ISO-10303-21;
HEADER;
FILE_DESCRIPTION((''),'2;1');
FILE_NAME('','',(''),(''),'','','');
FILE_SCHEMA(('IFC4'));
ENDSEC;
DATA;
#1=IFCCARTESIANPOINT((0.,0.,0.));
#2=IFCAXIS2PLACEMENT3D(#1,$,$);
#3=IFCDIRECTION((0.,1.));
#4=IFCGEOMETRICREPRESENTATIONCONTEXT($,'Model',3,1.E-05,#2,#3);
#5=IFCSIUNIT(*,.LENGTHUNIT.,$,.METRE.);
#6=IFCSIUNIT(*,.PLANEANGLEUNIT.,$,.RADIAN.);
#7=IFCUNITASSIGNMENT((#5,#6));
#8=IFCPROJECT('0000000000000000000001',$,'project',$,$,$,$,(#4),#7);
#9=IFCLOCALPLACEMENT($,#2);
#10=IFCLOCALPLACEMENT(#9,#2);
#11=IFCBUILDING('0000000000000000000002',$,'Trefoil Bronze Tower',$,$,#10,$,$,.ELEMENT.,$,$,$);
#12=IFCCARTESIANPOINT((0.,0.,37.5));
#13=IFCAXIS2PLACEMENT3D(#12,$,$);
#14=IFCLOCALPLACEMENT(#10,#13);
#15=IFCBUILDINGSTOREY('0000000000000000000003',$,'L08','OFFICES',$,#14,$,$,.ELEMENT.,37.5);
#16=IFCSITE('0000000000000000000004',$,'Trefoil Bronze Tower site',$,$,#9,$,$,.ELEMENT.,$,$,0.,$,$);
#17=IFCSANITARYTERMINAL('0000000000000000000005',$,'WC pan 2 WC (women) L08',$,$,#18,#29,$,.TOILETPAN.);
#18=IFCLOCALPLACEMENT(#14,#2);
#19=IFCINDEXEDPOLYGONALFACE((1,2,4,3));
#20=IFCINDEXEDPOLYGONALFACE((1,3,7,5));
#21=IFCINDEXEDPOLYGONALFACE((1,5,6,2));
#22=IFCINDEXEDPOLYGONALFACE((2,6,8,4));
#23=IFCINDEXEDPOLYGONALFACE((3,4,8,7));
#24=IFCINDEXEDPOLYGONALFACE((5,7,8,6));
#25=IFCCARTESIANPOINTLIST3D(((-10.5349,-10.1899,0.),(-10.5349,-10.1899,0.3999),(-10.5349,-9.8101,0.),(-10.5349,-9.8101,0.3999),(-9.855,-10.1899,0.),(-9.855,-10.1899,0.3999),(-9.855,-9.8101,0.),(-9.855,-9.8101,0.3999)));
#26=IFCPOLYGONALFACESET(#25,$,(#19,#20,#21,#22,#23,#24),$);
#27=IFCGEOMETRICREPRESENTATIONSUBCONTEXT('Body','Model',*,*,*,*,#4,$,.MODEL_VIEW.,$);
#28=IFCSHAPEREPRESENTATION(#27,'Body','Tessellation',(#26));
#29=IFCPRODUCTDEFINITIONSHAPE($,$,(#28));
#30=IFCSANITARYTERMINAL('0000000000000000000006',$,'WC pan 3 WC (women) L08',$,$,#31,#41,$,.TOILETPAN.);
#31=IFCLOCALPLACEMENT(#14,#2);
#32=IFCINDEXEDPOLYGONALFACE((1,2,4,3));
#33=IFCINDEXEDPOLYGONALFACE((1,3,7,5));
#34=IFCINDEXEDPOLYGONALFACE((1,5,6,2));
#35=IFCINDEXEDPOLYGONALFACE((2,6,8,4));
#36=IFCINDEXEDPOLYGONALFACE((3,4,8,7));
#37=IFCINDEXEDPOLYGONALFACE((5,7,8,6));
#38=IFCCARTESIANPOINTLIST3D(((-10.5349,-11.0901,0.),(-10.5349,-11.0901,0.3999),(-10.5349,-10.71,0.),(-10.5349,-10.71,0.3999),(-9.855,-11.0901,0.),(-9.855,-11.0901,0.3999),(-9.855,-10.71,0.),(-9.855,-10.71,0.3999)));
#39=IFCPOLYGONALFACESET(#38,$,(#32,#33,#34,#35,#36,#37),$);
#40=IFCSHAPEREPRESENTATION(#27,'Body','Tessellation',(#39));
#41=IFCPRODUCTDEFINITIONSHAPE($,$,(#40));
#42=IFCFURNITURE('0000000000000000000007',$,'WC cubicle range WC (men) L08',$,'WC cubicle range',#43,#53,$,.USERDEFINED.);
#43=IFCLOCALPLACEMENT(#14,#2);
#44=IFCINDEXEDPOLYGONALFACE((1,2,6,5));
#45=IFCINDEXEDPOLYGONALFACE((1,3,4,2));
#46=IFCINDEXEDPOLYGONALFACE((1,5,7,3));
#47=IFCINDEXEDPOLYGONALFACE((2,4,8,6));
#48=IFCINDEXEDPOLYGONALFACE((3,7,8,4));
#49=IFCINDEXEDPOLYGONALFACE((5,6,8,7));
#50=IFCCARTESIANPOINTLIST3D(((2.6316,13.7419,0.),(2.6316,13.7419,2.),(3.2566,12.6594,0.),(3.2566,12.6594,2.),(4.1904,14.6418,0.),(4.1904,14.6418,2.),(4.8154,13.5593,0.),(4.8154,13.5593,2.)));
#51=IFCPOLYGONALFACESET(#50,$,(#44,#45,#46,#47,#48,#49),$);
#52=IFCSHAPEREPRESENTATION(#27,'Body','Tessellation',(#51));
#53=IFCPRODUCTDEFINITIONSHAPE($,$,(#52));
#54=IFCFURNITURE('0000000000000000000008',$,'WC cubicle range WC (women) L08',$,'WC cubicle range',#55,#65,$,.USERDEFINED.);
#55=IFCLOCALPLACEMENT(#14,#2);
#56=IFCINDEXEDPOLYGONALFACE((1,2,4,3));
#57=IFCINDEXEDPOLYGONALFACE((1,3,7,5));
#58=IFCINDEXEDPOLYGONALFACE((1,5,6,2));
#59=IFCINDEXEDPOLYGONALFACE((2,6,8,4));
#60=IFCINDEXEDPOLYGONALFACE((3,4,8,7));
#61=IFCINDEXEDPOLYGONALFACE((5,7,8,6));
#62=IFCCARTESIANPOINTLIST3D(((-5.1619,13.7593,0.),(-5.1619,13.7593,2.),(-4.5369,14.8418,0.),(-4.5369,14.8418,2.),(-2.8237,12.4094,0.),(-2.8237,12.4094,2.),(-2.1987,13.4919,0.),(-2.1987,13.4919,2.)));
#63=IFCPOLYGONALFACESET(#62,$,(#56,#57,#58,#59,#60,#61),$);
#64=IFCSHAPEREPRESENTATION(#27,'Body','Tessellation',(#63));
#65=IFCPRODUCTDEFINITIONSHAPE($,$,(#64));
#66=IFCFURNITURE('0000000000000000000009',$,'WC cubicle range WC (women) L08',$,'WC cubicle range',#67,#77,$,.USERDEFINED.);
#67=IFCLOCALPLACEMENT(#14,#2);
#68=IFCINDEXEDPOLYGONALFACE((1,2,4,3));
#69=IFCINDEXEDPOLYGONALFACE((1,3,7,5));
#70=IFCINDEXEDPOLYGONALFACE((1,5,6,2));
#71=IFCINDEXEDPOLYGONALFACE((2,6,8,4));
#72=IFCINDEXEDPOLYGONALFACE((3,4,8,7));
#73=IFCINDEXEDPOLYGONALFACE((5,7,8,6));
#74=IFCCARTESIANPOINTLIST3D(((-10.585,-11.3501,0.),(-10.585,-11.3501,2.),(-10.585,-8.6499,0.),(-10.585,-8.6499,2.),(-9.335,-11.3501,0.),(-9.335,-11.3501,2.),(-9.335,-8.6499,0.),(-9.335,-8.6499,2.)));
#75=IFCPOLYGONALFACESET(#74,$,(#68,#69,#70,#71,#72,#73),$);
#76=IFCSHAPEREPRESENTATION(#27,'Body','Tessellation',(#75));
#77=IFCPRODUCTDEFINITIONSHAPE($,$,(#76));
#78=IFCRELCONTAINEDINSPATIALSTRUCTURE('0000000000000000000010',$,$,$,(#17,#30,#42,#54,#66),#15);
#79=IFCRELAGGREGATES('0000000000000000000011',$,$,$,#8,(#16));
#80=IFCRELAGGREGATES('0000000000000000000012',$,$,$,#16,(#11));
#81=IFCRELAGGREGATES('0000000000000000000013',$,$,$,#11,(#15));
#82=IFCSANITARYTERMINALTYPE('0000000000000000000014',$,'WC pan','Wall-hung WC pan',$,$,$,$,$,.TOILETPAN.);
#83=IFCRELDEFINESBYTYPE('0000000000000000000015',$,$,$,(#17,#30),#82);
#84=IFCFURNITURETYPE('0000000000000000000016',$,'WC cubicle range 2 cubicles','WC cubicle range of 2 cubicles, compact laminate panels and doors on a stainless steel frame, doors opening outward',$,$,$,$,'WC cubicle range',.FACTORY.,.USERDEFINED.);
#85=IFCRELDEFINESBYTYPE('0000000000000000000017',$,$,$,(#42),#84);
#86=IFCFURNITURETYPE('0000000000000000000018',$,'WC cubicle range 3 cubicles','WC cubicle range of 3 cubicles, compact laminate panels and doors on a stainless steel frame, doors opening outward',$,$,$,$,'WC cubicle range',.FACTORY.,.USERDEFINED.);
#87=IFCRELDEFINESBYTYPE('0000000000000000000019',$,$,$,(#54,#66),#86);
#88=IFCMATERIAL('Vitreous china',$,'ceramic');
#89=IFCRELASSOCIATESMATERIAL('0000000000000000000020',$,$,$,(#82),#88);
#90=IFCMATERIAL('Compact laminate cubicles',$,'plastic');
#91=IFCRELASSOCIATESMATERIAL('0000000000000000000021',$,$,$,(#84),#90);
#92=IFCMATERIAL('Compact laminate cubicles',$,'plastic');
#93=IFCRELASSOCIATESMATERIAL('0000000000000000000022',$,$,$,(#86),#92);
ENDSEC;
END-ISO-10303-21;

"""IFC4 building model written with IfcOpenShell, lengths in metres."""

from ifc_helpers import new_model, si_unit, direction, frame, origin, place, context, subcontext, project, spatial, polyline, outline, extrude, material, type_object, element, save


model = new_model("IFC4")

# Units and contexts
model_context = context("Model", 3, precision=1e-05, world=origin(), true_north=direction((0.0, 1.0)))
body_context = subcontext(model_context, "Body", "Model", "MODEL_VIEW")
ifc_project = project(units=[si_unit("LENGTHUNIT", "METRE"), si_unit("PLANEANGLEUNIT", "RADIAN")], contexts=[model_context])

# Site, building, storey
site_placement = place(None, origin())
site = spatial("IfcSite", under=ifc_project, at=site_placement, Name="Trefoil Bronze Tower site", CompositionType="ELEMENT", RefElevation=0.0)
building_placement = place(site_placement, origin())
building = spatial("IfcBuilding", under=site, at=building_placement, Name="Trefoil Bronze Tower", CompositionType="ELEMENT")
storey_placement = place(building_placement, frame((0.0, 0.0, 37.5)))
storey = spatial("IfcBuildingStorey", under=building, at=storey_placement, Name="L08", Description="OFFICES", CompositionType="ELEMENT", Elevation=37.5)

# Sanitary terminals
ifc_material_1 = material(Name="Vitreous china", Category="ceramic")
sanitary_terminal_type_1 = type_object("IfcSanitaryTerminalType", Name="WC pan", Description="Wall-hung WC pan", PredefinedType="TOILETPAN", material=ifc_material_1)
sanitary_terminal_1_placement = place(storey_placement, origin())
element("IfcSanitaryTerminal", 1, at=sanitary_terminal_1_placement, inside=storey, type_object=sanitary_terminal_type_1, Name="WC pan 2 WC (women) L08", PredefinedType="TOILETPAN", context=body_context, shape_type="SweptSolid", body=[
    extrude(outline(polyline([(-9.855, -9.8101), (-10.5349, -9.8101), (-10.5349, -10.1899), (-9.855, -10.1899), (-9.855, -9.8101)])), origin(), (0.0, 0.0, 1.0), 0.3999),
])
sanitary_terminal_2_placement = place(storey_placement, origin())
element("IfcSanitaryTerminal", 2, at=sanitary_terminal_2_placement, inside=storey, type_object=sanitary_terminal_type_1, Name="WC pan 3 WC (women) L08", PredefinedType="TOILETPAN", context=body_context, shape_type="SweptSolid", body=[
    extrude(outline(polyline([(-9.855, -10.71), (-10.5349, -10.71), (-10.5349, -11.0901), (-9.855, -11.0901), (-9.855, -10.71)])), origin(), (0.0, 0.0, 1.0), 0.3999),
])

# Furniture
ifc_material_2 = material(Name="Compact laminate cubicles", Category="plastic")
furniture_type_1 = type_object("IfcFurnitureType", Name="WC cubicle range 2 cubicles", Description="WC cubicle range of 2 cubicles, compact laminate panels and doors on a stainless steel frame, doors opening outward", ElementType="WC cubicle range", AssemblyPlace="FACTORY", PredefinedType="USERDEFINED", material=ifc_material_2)
furniture_1_placement = place(storey_placement, origin())
element("IfcFurniture", 3, at=furniture_1_placement, inside=storey, type_object=furniture_type_1, Name="WC cubicle range WC (men) L08", ObjectType="WC cubicle range", PredefinedType="USERDEFINED", context=body_context, shape_type="SweptSolid", body=[
    extrude(outline(polyline([(3.2566, 12.6594), (2.6316, 13.7419), (4.1904, 14.6418), (4.8154, 13.5593), (3.2566, 12.6594)])), origin(), (0.0, 0.0, 1.0), 2.0),
])
ifc_material_3 = material(Name="Compact laminate cubicles", Category="plastic")
furniture_type_2 = type_object("IfcFurnitureType", Name="WC cubicle range 3 cubicles", Description="WC cubicle range of 3 cubicles, compact laminate panels and doors on a stainless steel frame, doors opening outward", ElementType="WC cubicle range", AssemblyPlace="FACTORY", PredefinedType="USERDEFINED", material=ifc_material_3)
furniture_2_placement = place(storey_placement, origin())
element("IfcFurniture", 4, at=furniture_2_placement, inside=storey, type_object=furniture_type_2, Name="WC cubicle range WC (women) L08", ObjectType="WC cubicle range", PredefinedType="USERDEFINED", context=body_context, shape_type="SweptSolid", body=[
    extrude(outline(polyline([(-2.8237, 12.4094), (-2.1987, 13.4919), (-4.5369, 14.8418), (-5.1619, 13.7593), (-2.8237, 12.4094)])), origin(), (0.0, 0.0, 1.0), 2.0),
])
furniture_3_placement = place(storey_placement, origin())
element("IfcFurniture", 5, at=furniture_3_placement, inside=storey, type_object=furniture_type_2, Name="WC cubicle range WC (women) L08", ObjectType="WC cubicle range", PredefinedType="USERDEFINED", context=body_context, shape_type="SweptSolid", body=[
    extrude(outline(polyline([(-9.335, -8.6499), (-10.585, -8.6499), (-10.585, -11.3501), (-9.335, -11.3501), (-9.335, -8.6499)])), origin(), (0.0, 0.0, 1.0), 2.0),
])

save(model, "model.ifc")
